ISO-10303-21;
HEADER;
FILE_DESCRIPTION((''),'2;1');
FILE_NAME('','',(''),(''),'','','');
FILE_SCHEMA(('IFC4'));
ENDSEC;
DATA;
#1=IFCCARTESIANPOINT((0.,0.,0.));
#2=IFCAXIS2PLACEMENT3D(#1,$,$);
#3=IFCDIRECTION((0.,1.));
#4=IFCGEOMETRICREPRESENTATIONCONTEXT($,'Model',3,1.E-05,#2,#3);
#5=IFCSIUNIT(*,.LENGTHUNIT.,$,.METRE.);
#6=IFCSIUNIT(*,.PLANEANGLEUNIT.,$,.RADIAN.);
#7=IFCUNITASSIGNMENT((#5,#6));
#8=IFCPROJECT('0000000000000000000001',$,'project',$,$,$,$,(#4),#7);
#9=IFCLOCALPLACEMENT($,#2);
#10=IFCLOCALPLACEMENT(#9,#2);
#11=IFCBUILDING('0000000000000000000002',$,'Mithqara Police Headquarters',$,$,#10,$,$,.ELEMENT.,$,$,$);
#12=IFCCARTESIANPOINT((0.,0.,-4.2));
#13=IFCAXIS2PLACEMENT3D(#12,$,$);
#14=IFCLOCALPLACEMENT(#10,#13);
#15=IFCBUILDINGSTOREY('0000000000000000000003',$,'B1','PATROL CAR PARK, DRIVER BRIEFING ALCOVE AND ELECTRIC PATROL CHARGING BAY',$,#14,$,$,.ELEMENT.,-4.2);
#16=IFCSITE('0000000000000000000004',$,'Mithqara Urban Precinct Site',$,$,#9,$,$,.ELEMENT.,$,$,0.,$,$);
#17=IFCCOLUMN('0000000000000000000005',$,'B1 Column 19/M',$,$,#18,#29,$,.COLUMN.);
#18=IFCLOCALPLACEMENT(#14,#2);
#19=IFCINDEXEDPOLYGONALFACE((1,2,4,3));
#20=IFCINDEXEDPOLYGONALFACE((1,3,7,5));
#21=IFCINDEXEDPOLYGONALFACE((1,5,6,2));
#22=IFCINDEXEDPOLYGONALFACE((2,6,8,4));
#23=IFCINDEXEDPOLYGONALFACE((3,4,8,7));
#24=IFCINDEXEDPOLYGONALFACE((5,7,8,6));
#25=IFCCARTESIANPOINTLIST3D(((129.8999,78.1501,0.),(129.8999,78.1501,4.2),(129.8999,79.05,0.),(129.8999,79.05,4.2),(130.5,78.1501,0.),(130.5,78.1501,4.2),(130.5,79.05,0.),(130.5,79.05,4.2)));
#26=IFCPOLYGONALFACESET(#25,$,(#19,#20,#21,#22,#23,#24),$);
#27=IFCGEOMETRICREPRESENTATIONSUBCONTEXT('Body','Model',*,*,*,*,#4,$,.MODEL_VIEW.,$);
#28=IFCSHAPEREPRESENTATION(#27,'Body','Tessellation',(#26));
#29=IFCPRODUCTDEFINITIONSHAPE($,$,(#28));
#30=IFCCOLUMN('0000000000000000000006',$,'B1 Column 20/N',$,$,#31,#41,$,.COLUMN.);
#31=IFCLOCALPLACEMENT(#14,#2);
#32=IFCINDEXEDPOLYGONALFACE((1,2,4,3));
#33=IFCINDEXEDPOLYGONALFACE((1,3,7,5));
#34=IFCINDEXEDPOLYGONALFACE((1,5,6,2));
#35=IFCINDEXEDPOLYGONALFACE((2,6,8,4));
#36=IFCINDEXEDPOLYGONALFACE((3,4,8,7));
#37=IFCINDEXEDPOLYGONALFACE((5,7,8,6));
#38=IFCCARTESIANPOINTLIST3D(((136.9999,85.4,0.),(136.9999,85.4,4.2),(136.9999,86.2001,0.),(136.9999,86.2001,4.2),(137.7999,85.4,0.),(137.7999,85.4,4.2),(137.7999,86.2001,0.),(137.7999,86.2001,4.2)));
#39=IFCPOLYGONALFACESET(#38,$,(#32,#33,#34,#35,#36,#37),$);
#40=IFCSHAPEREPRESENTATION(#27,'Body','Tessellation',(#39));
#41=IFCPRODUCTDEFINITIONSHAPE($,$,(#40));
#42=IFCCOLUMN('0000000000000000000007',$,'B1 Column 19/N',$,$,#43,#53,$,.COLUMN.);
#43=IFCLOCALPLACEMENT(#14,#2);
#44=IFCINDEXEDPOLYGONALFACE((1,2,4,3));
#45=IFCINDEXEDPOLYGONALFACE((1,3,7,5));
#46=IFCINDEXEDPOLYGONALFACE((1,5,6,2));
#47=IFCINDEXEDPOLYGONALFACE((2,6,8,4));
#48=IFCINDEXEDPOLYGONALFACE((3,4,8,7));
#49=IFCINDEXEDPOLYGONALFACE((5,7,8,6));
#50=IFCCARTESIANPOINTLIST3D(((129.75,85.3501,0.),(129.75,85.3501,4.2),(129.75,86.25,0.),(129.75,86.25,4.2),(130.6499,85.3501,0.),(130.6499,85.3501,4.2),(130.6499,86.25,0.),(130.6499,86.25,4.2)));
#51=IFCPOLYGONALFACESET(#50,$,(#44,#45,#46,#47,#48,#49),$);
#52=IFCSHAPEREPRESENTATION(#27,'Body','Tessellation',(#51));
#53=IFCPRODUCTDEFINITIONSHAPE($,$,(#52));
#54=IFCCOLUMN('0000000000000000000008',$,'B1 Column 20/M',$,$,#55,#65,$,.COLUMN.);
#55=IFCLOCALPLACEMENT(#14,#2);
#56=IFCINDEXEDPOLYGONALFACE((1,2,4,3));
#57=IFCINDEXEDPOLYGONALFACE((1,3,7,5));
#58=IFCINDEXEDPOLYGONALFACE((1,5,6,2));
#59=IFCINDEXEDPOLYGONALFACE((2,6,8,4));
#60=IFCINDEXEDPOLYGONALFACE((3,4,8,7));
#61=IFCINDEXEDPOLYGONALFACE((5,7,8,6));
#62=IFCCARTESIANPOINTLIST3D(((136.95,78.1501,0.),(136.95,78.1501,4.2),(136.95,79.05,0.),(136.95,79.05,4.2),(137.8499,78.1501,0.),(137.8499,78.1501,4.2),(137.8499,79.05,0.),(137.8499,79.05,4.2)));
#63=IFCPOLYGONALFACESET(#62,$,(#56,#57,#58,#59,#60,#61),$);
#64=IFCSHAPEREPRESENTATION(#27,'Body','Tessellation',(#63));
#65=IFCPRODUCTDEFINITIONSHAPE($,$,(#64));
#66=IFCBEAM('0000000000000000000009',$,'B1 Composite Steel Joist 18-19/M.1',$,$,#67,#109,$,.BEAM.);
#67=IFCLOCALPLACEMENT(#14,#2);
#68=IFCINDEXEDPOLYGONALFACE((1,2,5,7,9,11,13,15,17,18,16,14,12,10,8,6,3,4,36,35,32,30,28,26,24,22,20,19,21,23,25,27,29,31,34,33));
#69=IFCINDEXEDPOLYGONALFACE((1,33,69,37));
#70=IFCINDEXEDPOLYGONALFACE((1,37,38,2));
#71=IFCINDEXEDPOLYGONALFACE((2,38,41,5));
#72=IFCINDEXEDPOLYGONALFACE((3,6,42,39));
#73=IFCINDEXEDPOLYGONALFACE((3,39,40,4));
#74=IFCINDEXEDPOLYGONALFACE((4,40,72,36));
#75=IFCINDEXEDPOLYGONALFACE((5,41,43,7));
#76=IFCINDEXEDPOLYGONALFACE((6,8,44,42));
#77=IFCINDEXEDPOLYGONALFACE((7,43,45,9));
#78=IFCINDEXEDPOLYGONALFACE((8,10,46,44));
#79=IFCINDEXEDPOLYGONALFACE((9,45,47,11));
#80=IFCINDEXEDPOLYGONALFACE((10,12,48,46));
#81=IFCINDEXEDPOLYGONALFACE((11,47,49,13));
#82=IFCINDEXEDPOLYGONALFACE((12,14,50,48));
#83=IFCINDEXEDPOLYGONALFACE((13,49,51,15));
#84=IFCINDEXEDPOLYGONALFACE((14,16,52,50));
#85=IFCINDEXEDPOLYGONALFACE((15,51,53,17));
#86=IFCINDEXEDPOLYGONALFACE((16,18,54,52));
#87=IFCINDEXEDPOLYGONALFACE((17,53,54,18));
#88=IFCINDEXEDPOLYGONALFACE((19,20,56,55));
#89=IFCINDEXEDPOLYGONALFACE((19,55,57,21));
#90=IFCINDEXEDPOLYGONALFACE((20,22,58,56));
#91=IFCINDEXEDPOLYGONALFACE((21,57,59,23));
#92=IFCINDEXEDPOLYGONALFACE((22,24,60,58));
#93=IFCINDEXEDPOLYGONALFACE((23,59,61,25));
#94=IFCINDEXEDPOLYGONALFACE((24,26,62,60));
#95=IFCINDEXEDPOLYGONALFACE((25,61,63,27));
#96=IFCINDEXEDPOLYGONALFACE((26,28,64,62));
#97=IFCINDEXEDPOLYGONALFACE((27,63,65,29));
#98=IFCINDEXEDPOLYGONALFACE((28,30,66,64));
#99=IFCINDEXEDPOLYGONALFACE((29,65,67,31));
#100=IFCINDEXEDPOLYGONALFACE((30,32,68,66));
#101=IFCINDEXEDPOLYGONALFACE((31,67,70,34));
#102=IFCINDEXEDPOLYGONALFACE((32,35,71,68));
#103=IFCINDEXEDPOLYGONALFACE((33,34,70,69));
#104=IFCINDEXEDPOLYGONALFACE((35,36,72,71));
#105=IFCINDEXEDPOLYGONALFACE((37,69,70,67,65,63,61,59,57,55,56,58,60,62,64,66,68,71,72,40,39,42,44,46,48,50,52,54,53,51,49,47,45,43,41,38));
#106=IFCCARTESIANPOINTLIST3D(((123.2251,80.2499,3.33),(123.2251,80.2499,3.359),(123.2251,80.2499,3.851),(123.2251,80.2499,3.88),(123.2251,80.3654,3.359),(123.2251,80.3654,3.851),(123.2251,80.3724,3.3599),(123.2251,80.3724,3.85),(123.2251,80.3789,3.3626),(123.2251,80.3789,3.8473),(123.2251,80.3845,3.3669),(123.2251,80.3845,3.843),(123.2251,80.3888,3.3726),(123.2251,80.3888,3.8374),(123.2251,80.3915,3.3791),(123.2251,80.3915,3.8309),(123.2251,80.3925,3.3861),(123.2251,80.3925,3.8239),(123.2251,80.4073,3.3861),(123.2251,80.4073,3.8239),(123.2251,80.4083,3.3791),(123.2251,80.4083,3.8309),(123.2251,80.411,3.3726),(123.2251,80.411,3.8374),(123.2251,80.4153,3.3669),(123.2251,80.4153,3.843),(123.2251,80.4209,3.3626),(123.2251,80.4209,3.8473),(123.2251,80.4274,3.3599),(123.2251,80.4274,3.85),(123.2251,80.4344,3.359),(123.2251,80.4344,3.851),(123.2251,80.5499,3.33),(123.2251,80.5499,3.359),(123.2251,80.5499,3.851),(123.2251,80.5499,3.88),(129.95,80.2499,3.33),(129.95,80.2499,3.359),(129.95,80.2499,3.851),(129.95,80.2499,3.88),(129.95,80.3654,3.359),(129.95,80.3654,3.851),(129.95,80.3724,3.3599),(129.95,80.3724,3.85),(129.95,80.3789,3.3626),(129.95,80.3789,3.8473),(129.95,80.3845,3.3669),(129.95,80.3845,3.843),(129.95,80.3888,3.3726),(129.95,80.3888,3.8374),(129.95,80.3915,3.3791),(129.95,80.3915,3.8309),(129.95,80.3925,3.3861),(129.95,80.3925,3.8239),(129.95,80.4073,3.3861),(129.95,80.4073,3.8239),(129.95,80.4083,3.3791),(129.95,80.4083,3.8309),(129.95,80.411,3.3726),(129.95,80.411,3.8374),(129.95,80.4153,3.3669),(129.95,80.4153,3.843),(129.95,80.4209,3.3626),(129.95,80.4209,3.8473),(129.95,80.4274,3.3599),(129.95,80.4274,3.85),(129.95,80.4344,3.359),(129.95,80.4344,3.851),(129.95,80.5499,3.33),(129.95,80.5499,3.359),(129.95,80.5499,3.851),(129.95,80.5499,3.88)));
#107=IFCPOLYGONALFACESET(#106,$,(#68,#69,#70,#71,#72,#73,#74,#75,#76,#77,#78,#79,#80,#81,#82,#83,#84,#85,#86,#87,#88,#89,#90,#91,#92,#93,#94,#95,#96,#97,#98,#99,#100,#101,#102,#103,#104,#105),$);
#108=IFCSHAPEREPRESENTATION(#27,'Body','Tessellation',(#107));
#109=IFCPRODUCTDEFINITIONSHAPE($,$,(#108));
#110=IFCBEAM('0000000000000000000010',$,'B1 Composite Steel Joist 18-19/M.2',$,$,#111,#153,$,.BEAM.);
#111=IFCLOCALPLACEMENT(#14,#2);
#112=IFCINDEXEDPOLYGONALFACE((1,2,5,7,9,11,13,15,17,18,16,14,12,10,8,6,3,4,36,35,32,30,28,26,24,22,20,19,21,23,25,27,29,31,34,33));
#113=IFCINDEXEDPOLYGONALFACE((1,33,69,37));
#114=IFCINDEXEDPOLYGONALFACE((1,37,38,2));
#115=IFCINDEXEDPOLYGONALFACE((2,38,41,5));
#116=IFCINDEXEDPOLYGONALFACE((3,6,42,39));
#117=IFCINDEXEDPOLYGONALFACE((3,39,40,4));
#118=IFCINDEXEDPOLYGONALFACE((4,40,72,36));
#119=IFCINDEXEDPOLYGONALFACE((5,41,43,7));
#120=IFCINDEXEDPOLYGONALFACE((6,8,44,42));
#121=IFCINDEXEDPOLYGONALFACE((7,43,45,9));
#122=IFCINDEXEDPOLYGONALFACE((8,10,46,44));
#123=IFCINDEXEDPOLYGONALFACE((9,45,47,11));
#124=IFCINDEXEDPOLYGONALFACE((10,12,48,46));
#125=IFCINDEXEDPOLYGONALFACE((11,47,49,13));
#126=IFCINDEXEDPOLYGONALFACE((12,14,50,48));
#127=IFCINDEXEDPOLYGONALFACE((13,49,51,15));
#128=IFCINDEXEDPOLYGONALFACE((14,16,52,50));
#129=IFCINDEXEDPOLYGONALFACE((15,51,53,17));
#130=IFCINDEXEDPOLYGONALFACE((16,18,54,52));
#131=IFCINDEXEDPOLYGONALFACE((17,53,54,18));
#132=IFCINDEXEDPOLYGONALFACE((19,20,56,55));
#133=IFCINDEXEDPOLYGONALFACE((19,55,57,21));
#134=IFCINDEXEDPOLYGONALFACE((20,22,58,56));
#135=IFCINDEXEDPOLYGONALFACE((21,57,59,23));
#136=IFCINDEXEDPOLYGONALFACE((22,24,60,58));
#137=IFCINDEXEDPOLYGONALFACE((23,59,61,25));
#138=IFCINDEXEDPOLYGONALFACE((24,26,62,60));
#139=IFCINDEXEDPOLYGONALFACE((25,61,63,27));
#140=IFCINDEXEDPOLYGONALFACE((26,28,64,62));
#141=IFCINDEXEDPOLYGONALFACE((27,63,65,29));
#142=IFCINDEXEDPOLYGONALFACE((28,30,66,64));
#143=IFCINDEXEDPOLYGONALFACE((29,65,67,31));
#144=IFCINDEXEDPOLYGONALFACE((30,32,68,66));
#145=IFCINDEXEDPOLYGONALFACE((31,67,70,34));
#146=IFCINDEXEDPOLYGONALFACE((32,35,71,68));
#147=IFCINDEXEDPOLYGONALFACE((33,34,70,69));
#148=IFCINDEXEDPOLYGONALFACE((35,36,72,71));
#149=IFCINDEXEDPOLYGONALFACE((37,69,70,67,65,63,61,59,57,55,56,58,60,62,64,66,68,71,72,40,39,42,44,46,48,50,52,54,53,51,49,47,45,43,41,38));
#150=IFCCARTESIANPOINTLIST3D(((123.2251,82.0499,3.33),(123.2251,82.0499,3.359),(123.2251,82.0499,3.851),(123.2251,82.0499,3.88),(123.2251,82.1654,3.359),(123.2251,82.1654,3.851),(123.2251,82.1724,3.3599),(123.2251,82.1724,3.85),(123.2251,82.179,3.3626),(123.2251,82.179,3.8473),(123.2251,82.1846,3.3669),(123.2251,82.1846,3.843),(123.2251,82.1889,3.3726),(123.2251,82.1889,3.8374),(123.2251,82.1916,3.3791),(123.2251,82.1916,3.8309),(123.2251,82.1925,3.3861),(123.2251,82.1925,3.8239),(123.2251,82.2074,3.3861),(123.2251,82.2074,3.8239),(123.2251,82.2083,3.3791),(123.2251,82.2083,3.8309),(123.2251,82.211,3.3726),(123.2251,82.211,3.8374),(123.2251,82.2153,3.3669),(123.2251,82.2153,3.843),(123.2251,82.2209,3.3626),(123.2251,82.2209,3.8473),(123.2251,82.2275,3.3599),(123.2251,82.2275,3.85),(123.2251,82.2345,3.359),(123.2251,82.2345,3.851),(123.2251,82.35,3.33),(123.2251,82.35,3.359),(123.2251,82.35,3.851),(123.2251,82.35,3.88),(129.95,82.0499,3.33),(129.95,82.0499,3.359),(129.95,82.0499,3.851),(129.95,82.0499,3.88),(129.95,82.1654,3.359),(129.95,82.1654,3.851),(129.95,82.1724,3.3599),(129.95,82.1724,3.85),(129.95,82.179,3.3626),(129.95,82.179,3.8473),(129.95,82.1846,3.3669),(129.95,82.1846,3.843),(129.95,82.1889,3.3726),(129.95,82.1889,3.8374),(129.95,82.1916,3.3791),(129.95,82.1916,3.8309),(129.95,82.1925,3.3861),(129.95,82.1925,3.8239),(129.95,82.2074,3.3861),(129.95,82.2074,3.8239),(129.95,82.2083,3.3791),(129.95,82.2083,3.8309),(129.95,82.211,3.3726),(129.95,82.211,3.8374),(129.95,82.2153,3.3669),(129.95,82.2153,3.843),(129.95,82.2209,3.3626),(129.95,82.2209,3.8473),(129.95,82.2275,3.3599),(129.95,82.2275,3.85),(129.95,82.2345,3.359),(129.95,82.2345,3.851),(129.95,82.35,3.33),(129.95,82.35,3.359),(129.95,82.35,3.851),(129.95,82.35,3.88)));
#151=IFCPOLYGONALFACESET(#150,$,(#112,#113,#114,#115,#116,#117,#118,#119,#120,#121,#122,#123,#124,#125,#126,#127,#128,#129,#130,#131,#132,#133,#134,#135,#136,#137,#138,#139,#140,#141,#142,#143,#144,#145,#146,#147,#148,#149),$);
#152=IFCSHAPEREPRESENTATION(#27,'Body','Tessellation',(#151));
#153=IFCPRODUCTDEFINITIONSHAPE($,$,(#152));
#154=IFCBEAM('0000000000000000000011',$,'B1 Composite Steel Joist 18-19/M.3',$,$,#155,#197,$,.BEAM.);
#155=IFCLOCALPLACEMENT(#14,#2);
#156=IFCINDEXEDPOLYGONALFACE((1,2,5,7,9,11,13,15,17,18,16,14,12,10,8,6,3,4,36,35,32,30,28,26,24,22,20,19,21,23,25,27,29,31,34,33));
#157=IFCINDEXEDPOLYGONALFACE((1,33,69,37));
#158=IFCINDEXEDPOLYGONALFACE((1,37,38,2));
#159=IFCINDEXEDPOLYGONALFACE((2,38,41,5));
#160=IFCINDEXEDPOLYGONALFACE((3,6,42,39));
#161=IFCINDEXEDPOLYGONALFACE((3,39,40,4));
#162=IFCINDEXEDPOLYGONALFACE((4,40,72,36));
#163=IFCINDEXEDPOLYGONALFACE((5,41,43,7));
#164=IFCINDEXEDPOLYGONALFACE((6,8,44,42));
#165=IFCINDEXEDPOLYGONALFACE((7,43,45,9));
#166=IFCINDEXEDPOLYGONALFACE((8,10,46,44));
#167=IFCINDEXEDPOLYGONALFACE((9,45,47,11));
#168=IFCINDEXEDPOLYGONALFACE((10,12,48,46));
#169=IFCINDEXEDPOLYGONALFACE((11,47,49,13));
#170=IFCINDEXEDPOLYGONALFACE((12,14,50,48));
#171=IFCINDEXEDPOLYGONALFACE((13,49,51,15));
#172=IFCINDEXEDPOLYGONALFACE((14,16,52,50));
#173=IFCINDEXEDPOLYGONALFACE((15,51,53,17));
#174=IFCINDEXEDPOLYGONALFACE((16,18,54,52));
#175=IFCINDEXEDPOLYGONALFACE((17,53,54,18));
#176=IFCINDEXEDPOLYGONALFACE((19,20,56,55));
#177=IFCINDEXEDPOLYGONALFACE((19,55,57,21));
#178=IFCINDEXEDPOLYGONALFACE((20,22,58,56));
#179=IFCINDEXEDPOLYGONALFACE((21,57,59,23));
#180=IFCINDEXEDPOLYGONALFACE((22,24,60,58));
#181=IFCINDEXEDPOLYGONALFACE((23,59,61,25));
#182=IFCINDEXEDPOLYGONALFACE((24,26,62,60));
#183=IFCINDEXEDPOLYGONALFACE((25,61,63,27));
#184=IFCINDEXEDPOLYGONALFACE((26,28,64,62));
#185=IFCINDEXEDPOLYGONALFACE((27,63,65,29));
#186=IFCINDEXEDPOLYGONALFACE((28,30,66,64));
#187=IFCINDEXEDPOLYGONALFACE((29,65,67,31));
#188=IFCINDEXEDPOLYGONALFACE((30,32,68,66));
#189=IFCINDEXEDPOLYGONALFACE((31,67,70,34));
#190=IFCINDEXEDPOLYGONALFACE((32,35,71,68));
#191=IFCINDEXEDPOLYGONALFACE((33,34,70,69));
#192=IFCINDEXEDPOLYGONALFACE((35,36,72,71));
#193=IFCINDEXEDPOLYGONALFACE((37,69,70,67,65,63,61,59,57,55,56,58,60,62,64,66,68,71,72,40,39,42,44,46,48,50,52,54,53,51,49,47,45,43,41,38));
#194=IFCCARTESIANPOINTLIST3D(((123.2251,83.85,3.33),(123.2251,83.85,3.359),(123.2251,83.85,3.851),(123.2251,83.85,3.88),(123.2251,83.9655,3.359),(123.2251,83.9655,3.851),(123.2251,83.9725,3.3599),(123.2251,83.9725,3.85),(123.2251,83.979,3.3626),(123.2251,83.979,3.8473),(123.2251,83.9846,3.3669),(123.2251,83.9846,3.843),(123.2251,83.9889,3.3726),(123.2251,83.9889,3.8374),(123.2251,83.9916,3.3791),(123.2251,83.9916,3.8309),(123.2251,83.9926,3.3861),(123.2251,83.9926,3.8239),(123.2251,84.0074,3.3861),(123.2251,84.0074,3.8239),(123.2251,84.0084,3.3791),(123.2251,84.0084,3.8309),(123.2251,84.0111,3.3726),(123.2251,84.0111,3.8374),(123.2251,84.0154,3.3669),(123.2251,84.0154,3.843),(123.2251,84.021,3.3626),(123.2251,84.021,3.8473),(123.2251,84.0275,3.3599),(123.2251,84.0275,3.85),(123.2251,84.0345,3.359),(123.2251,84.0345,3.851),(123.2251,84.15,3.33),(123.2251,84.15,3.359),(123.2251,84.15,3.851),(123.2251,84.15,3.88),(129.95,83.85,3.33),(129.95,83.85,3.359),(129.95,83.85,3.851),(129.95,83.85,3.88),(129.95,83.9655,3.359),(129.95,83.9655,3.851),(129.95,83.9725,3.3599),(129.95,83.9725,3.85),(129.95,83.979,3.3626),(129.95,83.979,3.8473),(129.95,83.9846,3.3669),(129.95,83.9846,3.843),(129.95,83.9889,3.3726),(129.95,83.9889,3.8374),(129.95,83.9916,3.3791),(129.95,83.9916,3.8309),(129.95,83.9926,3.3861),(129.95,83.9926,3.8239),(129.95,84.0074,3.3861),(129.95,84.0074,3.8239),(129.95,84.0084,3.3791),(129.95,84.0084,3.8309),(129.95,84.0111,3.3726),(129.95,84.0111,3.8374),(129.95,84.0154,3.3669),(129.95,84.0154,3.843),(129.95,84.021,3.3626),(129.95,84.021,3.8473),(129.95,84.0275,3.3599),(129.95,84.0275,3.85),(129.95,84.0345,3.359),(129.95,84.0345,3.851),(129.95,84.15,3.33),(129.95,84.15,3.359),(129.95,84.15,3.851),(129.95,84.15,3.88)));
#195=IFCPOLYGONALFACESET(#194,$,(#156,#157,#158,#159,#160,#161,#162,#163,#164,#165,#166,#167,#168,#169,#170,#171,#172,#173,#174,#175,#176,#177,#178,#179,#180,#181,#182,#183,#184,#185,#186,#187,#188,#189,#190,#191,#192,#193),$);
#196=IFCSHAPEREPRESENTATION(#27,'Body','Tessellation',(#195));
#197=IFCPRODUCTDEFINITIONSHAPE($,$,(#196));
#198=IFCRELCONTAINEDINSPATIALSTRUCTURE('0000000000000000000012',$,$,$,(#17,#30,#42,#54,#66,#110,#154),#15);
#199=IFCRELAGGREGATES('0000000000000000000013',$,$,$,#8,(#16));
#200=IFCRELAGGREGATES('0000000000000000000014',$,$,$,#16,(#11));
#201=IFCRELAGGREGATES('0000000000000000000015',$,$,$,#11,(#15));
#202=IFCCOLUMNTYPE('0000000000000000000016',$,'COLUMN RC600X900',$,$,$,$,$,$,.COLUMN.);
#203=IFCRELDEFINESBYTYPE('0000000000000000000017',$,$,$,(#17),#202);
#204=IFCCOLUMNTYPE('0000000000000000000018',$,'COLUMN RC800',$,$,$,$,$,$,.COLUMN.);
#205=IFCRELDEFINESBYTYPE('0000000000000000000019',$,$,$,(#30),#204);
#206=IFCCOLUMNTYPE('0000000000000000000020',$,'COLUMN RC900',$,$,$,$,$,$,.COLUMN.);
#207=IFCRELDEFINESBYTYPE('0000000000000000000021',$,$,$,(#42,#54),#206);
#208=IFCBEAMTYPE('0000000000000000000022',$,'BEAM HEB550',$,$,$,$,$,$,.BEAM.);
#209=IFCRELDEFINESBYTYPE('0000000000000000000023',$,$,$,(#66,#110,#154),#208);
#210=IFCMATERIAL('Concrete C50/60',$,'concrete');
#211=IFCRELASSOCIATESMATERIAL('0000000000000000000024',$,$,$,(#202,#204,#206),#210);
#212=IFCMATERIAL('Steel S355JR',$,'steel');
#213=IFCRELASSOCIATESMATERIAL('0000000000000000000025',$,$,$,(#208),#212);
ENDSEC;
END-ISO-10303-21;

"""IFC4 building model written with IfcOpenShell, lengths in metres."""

from ifc_helpers import new_model, si_unit, direction, frame, origin, origin_2d, place, context, subcontext, project, spatial, rectangle, i_section, extrude, material, material_profile, profile_set, type_object, element, save


model = new_model("IFC4")

# Units and contexts
model_context = context("Model", 3, precision=1e-05, world=origin(), true_north=direction((0.0, 1.0)))
body_context = subcontext(model_context, "Body", "Model", "MODEL_VIEW")
ifc_project = project(units=[si_unit("LENGTHUNIT", "METRE"), si_unit("PLANEANGLEUNIT", "RADIAN")], contexts=[model_context])

# Site, building, storey
site_placement = place(None, origin())
site = spatial("IfcSite", under=ifc_project, at=site_placement, Name="Mithqara Urban Precinct Site", CompositionType="ELEMENT", RefElevation=0.0)
building_placement = place(site_placement, origin())
building = spatial("IfcBuilding", under=site, at=building_placement, Name="Mithqara Police Headquarters", CompositionType="ELEMENT")
storey_placement = place(building_placement, frame((0.0, 0.0, -4.2)))
storey = spatial("IfcBuildingStorey", under=building, at=storey_placement, Name="B1", Description="PATROL CAR PARK, DRIVER BRIEFING ALCOVE AND ELECTRIC PATROL CHARGING BAY", CompositionType="ELEMENT", Elevation=-4.2)

# Columns
ifc_material_1 = material(Name="Concrete C50/60", Category="concrete")
ifc_material_profile_1 = material_profile(ifc_material_1, rectangle(XDim=0.6001, YDim=0.8999, at=origin_2d()), Name="RC 600x900")
ifc_profile_set_1 = profile_set([ifc_material_profile_1], Name="Concrete C50/60")
column_type_1 = type_object("IfcColumnType", Name="COLUMN RC600X900", PredefinedType="COLUMN", material=ifc_profile_set_1)
column_1_placement = place(storey_placement, frame((130.2, 78.6001, 0.0), z_axis=(0.0, 0.0, 1.0), x_axis=(1.0, 0.0, 0.0)))
element("IfcColumn", 1, at=column_1_placement, inside=storey, type_object=column_type_1, Name="B1 Column 19/M", PredefinedType="COLUMN", context=body_context, shape_type="SweptSolid", body=[
    extrude(rectangle(XDim=0.6001, YDim=0.8999, at=origin_2d()), origin(), (0.0, 0.0, 1.0), 4.2),
])
ifc_material_profile_2 = material_profile(ifc_material_1, rectangle(XDim=0.8, YDim=0.8, at=origin_2d()), Name="RC 800x800")
ifc_profile_set_2 = profile_set([ifc_material_profile_2], Name="Concrete C50/60")
column_type_2 = type_object("IfcColumnType", Name="COLUMN RC800", PredefinedType="COLUMN", material=ifc_profile_set_2)
column_2_placement = place(storey_placement, frame((137.3999, 85.8, 0.0), z_axis=(0.0, 0.0, 1.0), x_axis=(1.0, 0.0, 0.0)))
element("IfcColumn", 2, at=column_2_placement, inside=storey, type_object=column_type_2, Name="B1 Column 20/N", PredefinedType="COLUMN", context=body_context, shape_type="SweptSolid", body=[
    extrude(rectangle(XDim=0.8, YDim=0.8, at=origin_2d()), origin(), (0.0, 0.0, 1.0), 4.2),
])
ifc_material_profile_3 = material_profile(ifc_material_1, rectangle(XDim=0.8999, YDim=0.8999, at=origin_2d()), Name="RC 900x900")
ifc_profile_set_3 = profile_set([ifc_material_profile_3], Name="Concrete C50/60")
column_type_3 = type_object("IfcColumnType", Name="COLUMN RC900", PredefinedType="COLUMN", material=ifc_profile_set_3)
for number, where, z_axis, x_axis, name in (
    (3, (130.2, 85.8, 0.0), (0.0, 0.0, 1.0), (1.0, 0.0, 0.0), "B1 Column 19/N"),
    (4, (137.3999, 78.6001, 0.0), (0.0, 0.0, 1.0), (1.0, 0.0, 0.0), "B1 Column 20/M"),
):
    element("IfcColumn", number, at=place(storey_placement, frame(where, z_axis=z_axis, x_axis=x_axis)), inside=storey, type_object=column_type_3, Name=name, PredefinedType="COLUMN", context=body_context, shape_type="SweptSolid", body=[
        extrude(rectangle(XDim=0.8999, YDim=0.8999, at=origin_2d()), origin(), (0.0, 0.0, 1.0), 4.2),
    ])

# Beams
ifc_material_2 = material(Name="Steel S355JR", Category="steel")
ifc_material_profile_4 = material_profile(ifc_material_2, i_section(OverallWidth=0.3, OverallDepth=0.55, WebThickness=0.0149, FlangeThickness=0.0291, FilletRadius=0.0271, at=origin_2d()), Name="HEB 550")
ifc_profile_set_4 = profile_set([ifc_material_profile_4], Name="Steel S355JR")
beam_type_1 = type_object("IfcBeamType", Name="BEAM HEB550", PredefinedType="BEAM", material=ifc_profile_set_4)
for number, where, z_axis, x_axis, name in (
    (5, (123.2251, 80.3999, 3.605), (1.0, 0.0, 0.0), (0.0, 1.0, 0.0), "B1 Composite Steel Joist 18-19/M.1"),
    (6, (123.2251, 82.2, 3.605), (1.0, 0.0, 0.0), (0.0, 1.0, 0.0), "B1 Composite Steel Joist 18-19/M.2"),
    (7, (123.2251, 84.0, 3.605), (1.0, 0.0, 0.0), (0.0, 1.0, 0.0), "B1 Composite Steel Joist 18-19/M.3"),
):
    element("IfcBeam", number, at=place(storey_placement, frame(where, z_axis=z_axis, x_axis=x_axis)), inside=storey, type_object=beam_type_1, Name=name, PredefinedType="BEAM", context=body_context, shape_type="SweptSolid", body=[
        extrude(i_section(OverallWidth=0.3, OverallDepth=0.55, WebThickness=0.0149, FlangeThickness=0.0291, FilletRadius=0.0271, at=origin_2d()), origin(), (0.0, 0.0, 1.0), 6.7249),
    ])

save(model, "model.ifc")
